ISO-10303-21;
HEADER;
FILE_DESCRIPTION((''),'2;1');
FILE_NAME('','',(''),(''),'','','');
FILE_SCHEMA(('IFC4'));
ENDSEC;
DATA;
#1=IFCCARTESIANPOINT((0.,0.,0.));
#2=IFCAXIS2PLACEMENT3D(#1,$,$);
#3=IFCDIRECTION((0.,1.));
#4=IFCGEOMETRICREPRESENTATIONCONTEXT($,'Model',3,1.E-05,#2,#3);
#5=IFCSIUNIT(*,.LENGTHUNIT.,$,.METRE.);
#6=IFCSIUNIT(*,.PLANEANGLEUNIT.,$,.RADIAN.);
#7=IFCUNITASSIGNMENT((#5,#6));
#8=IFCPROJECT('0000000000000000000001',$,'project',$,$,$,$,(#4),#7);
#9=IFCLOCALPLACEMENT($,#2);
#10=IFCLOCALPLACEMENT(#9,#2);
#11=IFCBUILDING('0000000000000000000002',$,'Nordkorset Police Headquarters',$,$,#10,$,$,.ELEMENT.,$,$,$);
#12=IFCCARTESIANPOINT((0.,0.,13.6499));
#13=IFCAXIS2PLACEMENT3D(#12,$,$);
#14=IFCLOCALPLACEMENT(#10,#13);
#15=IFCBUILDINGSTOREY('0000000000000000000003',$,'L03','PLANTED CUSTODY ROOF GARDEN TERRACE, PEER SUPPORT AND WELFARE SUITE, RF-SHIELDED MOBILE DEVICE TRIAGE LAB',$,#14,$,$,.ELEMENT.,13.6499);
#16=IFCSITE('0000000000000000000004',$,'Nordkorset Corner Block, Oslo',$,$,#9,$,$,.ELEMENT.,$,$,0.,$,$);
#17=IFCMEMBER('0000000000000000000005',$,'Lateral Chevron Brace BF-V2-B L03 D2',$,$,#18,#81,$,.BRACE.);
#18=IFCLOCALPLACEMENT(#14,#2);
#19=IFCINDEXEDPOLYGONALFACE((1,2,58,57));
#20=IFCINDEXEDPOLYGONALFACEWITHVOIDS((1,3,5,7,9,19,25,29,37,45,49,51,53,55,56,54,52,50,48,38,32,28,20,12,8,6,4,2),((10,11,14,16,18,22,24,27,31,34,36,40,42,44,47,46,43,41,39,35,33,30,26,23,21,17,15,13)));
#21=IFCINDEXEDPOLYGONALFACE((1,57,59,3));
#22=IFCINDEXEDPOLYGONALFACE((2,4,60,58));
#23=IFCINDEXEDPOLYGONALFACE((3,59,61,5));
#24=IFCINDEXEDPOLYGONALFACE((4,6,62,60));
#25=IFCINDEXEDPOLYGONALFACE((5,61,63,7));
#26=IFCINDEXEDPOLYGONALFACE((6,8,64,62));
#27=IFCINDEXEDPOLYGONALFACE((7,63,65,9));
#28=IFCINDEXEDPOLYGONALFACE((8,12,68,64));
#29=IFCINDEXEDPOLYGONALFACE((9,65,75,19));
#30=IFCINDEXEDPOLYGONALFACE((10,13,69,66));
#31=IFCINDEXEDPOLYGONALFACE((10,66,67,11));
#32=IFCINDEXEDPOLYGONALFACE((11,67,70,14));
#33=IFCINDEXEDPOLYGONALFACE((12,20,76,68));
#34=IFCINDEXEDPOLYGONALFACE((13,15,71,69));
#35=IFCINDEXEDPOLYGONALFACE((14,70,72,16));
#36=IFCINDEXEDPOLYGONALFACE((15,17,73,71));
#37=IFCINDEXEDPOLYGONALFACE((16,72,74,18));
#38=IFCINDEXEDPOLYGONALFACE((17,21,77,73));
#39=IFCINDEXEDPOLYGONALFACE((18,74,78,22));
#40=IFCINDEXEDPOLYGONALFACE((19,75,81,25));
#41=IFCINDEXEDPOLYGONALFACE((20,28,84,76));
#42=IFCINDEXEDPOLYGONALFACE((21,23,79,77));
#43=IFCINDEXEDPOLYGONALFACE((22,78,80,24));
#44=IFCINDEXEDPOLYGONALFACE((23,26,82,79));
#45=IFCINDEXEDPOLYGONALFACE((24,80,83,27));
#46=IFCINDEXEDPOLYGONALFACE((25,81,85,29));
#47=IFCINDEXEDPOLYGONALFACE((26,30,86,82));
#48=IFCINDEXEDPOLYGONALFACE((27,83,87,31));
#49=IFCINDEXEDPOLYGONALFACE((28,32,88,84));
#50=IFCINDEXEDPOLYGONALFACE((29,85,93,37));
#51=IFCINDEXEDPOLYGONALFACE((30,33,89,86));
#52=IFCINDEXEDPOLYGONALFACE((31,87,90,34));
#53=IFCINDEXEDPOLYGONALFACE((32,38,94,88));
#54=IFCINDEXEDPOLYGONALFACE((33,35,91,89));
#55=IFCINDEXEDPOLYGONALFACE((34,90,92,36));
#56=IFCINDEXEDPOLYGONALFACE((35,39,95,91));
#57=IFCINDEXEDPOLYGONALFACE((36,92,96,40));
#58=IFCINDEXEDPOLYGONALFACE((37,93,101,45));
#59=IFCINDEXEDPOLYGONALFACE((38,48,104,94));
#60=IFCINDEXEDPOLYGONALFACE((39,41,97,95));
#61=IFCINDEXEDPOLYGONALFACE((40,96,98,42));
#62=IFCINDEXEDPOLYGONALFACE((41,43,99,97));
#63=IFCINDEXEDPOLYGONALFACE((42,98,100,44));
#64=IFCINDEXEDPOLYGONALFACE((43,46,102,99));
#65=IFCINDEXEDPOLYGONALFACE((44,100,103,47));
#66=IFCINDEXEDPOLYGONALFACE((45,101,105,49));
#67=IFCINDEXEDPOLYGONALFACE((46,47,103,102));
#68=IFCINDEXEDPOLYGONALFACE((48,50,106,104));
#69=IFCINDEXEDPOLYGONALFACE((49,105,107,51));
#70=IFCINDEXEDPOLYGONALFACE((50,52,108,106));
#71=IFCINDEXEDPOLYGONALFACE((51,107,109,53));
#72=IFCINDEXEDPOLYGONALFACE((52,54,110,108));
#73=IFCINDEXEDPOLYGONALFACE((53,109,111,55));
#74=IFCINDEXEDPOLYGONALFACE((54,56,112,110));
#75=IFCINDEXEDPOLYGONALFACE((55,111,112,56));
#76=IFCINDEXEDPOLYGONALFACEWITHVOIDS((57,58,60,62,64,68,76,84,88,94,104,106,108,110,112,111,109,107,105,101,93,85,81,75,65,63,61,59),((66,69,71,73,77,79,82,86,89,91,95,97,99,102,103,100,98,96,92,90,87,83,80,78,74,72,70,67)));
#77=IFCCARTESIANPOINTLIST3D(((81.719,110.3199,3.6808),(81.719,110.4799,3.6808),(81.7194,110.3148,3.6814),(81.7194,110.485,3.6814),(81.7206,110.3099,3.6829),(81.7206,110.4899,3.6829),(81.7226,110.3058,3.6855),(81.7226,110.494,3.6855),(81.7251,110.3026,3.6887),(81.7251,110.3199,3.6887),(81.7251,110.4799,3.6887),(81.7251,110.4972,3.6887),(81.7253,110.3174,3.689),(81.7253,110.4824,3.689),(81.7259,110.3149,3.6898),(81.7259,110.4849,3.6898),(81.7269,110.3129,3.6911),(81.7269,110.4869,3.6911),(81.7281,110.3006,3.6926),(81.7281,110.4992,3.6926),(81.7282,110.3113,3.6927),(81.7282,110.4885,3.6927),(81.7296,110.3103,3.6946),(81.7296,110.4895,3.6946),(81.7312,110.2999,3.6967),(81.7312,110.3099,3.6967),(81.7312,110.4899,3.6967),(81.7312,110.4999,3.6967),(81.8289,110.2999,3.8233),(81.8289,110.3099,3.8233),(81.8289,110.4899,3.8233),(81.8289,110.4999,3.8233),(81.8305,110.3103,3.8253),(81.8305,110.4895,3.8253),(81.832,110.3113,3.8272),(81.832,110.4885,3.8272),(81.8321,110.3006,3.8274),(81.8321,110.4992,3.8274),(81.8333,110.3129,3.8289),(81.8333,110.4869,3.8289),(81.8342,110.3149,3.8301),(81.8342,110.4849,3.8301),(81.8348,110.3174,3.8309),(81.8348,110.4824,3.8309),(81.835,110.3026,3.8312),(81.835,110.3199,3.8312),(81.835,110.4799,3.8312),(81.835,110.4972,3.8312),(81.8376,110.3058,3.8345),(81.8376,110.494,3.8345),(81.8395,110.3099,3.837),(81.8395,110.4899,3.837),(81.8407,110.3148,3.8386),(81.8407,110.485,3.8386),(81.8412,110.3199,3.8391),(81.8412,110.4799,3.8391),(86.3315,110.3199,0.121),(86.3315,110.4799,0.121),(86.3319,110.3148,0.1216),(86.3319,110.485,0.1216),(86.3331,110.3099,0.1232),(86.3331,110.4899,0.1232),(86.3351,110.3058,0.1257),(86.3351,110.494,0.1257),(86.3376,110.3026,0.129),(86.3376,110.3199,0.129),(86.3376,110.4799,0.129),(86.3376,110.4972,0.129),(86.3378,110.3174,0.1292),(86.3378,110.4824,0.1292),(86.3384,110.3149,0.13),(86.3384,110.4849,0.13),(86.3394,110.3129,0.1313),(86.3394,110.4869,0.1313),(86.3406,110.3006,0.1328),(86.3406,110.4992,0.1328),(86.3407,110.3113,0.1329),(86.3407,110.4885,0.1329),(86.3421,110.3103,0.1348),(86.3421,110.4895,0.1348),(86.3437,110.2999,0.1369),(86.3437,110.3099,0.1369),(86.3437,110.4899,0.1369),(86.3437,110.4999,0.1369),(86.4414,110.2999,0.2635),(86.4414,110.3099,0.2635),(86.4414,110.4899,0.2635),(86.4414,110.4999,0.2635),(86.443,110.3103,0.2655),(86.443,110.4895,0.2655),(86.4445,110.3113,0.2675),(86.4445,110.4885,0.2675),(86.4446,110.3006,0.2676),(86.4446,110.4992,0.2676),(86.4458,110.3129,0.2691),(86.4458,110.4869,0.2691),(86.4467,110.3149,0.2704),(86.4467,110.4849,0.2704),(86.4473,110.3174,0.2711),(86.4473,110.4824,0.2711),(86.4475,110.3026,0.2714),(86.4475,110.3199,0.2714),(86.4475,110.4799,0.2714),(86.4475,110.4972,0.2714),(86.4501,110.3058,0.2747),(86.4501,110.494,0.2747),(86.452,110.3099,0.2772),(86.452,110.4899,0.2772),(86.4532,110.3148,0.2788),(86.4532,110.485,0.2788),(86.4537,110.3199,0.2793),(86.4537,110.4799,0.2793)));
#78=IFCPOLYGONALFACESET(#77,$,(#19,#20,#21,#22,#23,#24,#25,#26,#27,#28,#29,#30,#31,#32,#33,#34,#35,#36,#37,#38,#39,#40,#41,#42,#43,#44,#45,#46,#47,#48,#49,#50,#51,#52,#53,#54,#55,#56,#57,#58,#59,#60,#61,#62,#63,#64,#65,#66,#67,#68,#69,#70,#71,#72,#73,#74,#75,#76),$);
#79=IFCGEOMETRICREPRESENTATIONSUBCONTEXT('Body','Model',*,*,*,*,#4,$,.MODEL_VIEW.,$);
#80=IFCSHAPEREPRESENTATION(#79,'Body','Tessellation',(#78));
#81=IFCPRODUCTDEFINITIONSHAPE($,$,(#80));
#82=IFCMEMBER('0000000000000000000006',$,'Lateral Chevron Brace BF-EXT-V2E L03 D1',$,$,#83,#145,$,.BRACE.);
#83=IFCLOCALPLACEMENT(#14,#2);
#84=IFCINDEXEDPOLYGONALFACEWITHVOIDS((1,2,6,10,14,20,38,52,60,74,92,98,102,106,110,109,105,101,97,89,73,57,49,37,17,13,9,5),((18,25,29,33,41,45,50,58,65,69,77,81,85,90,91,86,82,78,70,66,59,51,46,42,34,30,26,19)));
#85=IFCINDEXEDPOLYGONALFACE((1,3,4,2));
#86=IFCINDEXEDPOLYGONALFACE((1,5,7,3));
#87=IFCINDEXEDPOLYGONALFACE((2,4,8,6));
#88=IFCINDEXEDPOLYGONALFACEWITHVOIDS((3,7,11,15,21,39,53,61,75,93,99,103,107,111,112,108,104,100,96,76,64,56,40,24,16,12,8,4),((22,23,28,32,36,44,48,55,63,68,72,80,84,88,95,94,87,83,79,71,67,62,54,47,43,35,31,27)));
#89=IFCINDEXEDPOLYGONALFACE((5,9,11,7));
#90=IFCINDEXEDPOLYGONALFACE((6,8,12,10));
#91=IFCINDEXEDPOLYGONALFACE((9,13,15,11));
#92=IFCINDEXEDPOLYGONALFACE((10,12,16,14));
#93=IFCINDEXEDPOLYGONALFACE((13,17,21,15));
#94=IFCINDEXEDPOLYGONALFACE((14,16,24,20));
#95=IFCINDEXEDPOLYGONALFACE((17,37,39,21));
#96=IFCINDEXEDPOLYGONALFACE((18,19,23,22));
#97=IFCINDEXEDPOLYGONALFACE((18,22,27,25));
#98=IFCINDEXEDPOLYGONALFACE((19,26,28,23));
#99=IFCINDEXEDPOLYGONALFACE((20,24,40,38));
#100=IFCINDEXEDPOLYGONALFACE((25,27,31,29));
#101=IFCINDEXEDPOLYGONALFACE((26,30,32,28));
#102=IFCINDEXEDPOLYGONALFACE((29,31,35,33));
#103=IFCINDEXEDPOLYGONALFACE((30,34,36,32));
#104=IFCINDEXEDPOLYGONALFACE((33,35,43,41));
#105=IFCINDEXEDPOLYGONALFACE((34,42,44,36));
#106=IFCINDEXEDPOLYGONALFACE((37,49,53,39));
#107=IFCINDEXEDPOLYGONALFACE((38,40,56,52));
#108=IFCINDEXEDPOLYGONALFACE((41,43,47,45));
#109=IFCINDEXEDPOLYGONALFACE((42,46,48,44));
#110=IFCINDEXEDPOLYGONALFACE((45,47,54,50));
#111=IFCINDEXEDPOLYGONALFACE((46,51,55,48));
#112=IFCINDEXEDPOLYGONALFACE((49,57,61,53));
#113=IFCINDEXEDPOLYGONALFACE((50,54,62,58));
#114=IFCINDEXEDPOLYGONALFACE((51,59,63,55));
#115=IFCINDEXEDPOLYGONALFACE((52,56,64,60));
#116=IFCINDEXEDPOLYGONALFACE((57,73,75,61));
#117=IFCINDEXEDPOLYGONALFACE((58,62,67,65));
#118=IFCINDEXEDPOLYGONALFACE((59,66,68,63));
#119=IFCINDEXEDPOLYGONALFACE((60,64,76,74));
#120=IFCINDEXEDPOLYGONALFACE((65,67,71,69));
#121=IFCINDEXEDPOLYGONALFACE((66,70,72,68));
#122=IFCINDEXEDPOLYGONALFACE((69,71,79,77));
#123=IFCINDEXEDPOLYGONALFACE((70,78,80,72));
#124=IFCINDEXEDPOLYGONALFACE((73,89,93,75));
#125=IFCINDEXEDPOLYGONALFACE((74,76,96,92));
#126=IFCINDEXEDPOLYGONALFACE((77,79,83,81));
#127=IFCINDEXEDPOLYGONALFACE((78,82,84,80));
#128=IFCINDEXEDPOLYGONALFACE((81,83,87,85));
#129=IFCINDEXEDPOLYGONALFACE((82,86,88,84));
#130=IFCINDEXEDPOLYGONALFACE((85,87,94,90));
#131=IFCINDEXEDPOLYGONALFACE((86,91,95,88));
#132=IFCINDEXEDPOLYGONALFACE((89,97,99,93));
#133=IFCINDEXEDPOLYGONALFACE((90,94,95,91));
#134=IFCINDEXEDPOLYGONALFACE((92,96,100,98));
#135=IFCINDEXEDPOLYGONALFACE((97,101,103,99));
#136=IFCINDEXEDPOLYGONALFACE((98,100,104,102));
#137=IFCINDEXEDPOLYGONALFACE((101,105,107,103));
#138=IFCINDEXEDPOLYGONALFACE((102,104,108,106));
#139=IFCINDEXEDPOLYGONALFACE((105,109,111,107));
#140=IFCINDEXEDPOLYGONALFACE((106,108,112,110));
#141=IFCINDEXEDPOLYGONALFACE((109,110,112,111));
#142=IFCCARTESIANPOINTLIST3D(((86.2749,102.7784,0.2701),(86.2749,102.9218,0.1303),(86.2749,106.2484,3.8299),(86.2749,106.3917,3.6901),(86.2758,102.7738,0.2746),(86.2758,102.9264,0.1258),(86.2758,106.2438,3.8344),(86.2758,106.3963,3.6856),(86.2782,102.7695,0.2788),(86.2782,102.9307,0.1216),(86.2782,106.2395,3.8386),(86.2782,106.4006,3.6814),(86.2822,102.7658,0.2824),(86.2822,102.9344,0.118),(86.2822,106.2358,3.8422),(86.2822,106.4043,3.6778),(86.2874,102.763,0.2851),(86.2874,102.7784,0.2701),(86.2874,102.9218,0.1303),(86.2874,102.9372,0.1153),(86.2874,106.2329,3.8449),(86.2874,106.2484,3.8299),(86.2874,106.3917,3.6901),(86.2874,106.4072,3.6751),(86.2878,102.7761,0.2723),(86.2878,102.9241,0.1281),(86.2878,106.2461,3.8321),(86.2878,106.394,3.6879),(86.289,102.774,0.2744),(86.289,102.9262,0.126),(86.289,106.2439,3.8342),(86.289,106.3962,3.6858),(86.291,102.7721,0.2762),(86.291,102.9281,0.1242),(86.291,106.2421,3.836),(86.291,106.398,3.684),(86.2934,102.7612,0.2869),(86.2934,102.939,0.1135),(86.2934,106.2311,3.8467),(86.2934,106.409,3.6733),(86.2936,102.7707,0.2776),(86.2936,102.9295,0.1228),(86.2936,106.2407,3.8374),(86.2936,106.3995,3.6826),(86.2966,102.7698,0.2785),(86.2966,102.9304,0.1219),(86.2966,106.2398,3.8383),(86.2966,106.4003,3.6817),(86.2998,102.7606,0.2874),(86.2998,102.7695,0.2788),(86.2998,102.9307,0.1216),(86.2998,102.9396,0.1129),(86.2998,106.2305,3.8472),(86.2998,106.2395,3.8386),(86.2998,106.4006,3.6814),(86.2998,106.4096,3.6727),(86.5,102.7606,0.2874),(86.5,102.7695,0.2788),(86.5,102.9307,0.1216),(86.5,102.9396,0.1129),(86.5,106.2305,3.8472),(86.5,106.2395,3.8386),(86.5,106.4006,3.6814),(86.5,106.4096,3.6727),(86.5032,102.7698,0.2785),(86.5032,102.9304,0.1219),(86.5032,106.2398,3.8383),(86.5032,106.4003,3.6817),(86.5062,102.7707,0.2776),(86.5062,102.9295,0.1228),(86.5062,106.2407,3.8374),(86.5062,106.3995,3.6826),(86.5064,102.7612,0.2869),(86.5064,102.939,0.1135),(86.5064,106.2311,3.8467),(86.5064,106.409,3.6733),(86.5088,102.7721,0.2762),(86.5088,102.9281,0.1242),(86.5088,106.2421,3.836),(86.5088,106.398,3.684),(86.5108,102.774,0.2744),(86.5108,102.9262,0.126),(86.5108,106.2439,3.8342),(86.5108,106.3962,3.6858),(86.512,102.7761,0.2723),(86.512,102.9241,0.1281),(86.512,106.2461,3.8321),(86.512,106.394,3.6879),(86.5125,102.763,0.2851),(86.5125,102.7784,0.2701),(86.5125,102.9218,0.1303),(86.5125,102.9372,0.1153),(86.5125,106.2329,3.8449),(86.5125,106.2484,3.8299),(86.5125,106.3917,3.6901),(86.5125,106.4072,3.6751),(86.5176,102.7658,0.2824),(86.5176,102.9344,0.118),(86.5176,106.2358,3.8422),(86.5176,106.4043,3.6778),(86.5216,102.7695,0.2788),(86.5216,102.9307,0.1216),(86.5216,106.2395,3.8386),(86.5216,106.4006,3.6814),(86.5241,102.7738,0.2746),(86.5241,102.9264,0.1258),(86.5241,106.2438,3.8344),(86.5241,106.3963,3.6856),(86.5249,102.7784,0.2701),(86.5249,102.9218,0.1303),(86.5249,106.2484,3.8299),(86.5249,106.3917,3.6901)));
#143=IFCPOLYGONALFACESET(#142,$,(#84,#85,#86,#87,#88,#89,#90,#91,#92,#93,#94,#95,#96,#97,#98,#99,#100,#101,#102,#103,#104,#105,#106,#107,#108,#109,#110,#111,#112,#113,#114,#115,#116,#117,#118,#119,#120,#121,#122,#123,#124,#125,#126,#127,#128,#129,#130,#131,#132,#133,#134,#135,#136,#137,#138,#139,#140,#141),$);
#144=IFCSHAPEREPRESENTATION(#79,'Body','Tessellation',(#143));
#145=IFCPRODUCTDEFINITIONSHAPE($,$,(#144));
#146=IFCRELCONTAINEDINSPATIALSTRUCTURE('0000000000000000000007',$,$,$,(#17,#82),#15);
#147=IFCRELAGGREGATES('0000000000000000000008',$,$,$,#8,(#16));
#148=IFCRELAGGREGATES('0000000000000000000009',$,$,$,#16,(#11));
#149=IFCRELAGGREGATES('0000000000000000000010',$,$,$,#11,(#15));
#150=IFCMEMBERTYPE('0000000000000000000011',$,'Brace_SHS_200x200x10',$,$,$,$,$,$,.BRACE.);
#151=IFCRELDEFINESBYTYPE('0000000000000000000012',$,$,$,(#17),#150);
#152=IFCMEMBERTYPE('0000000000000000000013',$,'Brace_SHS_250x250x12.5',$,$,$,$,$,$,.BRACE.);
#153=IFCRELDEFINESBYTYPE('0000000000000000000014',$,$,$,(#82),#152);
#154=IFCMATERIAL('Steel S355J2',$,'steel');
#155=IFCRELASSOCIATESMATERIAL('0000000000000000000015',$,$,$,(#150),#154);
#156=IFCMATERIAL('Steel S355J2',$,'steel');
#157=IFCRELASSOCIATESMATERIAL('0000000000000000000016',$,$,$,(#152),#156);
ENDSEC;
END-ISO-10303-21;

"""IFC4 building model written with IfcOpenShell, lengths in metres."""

from ifc_helpers import new_model, si_unit, direction, frame, origin, origin_2d, place, context, subcontext, project, spatial, hollow_rectangle, extrude, material, material_profile, profile_set, type_object, element, save


model = new_model("IFC4")

# Units and contexts
model_context = context("Model", 3, precision=1e-05, world=origin(), true_north=direction((0.0, 1.0)))
body_context = subcontext(model_context, "Body", "Model", "MODEL_VIEW")
ifc_project = project(units=[si_unit("LENGTHUNIT", "METRE"), si_unit("PLANEANGLEUNIT", "RADIAN")], contexts=[model_context])

# Site, building, storey
site_placement = place(None, origin())
site = spatial("IfcSite", under=ifc_project, at=site_placement, Name="Nordkorset Corner Block, Oslo", CompositionType="ELEMENT", RefElevation=0.0)
building_placement = place(site_placement, origin())
building = spatial("IfcBuilding", under=site, at=building_placement, Name="Nordkorset Police Headquarters", CompositionType="ELEMENT")
storey_placement = place(building_placement, frame((0.0, 0.0, 13.6499)))
storey = spatial("IfcBuildingStorey", under=building, at=storey_placement, Name="L03", Description="PLANTED CUSTODY ROOF GARDEN TERRACE, PEER SUPPORT AND WELFARE SUITE, RF-SHIELDED MOBILE DEVICE TRIAGE LAB", CompositionType="ELEMENT", Elevation=13.6499)

# Members
ifc_material_1 = material(Name="Steel S355J2", Category="steel")
ifc_material_profile_1 = material_profile(ifc_material_1, hollow_rectangle(XDim=0.2, YDim=0.2, WallThickness=0.01, InnerFilletRadius=0.01, OuterFilletRadius=0.02, at=origin_2d()), Name="SHS 200x200x10")
ifc_profile_set_1 = profile_set([ifc_material_profile_1], Name="Steel S355J2")
member_type_1 = type_object("IfcMemberType", Name="Brace_SHS_200x200x10", PredefinedType="BRACE", material=ifc_profile_set_1)
member_1_placement = place(storey_placement, frame((86.3926, 110.3999, 0.2002), z_axis=(-0.791653, 0.0, 0.610972), x_axis=(0.0, -1.0, 0.0)))
element("IfcMember", 1, at=member_1_placement, inside=storey, type_object=member_type_1, Name="Lateral Chevron Brace BF-V2-B L03 D2", PredefinedType="BRACE", context=body_context, shape_type="SweptSolid", body=[
    extrude(hollow_rectangle(XDim=0.2, YDim=0.2, WallThickness=0.01, InnerFilletRadius=0.01, OuterFilletRadius=0.02, at=origin_2d()), origin(), (0.0, 0.0, 1.0), 5.8264),
])
ifc_material_2 = material(Name="Steel S355J2", Category="steel")
ifc_material_profile_2 = material_profile(ifc_material_2, hollow_rectangle(XDim=0.25, YDim=0.25, WallThickness=0.0125, InnerFilletRadius=0.0125, OuterFilletRadius=0.0249, at=origin_2d()), Name="SHS 250x250x12.5")
ifc_profile_set_2 = profile_set([ifc_material_profile_2], Name="Steel S355J2")
member_type_2 = type_object("IfcMemberType", Name="Brace_SHS_250x250x12.5", PredefinedType="BRACE", material=ifc_profile_set_2)
for number, where, z_axis, x_axis, name in (
    (2, (86.3999, 102.8501, 0.2002), (0.0, 0.698013, 0.716085), (-1.0, 0.0, 0.0), "Lateral Chevron Brace BF-EXT-V2E L03 D1"),
):
    element("IfcMember", number, at=place(storey_placement, frame(where, z_axis=z_axis, x_axis=x_axis)), inside=storey, type_object=member_type_2, Name=name, PredefinedType="BRACE", context=body_context, shape_type="SweptSolid", body=[
        extrude(hollow_rectangle(XDim=0.25, YDim=0.25, WallThickness=0.0125, InnerFilletRadius=0.0125, OuterFilletRadius=0.0249, at=origin_2d()), origin(), (0.0, 0.0, 1.0), 4.9712),
    ])

save(model, "model.ifc")
